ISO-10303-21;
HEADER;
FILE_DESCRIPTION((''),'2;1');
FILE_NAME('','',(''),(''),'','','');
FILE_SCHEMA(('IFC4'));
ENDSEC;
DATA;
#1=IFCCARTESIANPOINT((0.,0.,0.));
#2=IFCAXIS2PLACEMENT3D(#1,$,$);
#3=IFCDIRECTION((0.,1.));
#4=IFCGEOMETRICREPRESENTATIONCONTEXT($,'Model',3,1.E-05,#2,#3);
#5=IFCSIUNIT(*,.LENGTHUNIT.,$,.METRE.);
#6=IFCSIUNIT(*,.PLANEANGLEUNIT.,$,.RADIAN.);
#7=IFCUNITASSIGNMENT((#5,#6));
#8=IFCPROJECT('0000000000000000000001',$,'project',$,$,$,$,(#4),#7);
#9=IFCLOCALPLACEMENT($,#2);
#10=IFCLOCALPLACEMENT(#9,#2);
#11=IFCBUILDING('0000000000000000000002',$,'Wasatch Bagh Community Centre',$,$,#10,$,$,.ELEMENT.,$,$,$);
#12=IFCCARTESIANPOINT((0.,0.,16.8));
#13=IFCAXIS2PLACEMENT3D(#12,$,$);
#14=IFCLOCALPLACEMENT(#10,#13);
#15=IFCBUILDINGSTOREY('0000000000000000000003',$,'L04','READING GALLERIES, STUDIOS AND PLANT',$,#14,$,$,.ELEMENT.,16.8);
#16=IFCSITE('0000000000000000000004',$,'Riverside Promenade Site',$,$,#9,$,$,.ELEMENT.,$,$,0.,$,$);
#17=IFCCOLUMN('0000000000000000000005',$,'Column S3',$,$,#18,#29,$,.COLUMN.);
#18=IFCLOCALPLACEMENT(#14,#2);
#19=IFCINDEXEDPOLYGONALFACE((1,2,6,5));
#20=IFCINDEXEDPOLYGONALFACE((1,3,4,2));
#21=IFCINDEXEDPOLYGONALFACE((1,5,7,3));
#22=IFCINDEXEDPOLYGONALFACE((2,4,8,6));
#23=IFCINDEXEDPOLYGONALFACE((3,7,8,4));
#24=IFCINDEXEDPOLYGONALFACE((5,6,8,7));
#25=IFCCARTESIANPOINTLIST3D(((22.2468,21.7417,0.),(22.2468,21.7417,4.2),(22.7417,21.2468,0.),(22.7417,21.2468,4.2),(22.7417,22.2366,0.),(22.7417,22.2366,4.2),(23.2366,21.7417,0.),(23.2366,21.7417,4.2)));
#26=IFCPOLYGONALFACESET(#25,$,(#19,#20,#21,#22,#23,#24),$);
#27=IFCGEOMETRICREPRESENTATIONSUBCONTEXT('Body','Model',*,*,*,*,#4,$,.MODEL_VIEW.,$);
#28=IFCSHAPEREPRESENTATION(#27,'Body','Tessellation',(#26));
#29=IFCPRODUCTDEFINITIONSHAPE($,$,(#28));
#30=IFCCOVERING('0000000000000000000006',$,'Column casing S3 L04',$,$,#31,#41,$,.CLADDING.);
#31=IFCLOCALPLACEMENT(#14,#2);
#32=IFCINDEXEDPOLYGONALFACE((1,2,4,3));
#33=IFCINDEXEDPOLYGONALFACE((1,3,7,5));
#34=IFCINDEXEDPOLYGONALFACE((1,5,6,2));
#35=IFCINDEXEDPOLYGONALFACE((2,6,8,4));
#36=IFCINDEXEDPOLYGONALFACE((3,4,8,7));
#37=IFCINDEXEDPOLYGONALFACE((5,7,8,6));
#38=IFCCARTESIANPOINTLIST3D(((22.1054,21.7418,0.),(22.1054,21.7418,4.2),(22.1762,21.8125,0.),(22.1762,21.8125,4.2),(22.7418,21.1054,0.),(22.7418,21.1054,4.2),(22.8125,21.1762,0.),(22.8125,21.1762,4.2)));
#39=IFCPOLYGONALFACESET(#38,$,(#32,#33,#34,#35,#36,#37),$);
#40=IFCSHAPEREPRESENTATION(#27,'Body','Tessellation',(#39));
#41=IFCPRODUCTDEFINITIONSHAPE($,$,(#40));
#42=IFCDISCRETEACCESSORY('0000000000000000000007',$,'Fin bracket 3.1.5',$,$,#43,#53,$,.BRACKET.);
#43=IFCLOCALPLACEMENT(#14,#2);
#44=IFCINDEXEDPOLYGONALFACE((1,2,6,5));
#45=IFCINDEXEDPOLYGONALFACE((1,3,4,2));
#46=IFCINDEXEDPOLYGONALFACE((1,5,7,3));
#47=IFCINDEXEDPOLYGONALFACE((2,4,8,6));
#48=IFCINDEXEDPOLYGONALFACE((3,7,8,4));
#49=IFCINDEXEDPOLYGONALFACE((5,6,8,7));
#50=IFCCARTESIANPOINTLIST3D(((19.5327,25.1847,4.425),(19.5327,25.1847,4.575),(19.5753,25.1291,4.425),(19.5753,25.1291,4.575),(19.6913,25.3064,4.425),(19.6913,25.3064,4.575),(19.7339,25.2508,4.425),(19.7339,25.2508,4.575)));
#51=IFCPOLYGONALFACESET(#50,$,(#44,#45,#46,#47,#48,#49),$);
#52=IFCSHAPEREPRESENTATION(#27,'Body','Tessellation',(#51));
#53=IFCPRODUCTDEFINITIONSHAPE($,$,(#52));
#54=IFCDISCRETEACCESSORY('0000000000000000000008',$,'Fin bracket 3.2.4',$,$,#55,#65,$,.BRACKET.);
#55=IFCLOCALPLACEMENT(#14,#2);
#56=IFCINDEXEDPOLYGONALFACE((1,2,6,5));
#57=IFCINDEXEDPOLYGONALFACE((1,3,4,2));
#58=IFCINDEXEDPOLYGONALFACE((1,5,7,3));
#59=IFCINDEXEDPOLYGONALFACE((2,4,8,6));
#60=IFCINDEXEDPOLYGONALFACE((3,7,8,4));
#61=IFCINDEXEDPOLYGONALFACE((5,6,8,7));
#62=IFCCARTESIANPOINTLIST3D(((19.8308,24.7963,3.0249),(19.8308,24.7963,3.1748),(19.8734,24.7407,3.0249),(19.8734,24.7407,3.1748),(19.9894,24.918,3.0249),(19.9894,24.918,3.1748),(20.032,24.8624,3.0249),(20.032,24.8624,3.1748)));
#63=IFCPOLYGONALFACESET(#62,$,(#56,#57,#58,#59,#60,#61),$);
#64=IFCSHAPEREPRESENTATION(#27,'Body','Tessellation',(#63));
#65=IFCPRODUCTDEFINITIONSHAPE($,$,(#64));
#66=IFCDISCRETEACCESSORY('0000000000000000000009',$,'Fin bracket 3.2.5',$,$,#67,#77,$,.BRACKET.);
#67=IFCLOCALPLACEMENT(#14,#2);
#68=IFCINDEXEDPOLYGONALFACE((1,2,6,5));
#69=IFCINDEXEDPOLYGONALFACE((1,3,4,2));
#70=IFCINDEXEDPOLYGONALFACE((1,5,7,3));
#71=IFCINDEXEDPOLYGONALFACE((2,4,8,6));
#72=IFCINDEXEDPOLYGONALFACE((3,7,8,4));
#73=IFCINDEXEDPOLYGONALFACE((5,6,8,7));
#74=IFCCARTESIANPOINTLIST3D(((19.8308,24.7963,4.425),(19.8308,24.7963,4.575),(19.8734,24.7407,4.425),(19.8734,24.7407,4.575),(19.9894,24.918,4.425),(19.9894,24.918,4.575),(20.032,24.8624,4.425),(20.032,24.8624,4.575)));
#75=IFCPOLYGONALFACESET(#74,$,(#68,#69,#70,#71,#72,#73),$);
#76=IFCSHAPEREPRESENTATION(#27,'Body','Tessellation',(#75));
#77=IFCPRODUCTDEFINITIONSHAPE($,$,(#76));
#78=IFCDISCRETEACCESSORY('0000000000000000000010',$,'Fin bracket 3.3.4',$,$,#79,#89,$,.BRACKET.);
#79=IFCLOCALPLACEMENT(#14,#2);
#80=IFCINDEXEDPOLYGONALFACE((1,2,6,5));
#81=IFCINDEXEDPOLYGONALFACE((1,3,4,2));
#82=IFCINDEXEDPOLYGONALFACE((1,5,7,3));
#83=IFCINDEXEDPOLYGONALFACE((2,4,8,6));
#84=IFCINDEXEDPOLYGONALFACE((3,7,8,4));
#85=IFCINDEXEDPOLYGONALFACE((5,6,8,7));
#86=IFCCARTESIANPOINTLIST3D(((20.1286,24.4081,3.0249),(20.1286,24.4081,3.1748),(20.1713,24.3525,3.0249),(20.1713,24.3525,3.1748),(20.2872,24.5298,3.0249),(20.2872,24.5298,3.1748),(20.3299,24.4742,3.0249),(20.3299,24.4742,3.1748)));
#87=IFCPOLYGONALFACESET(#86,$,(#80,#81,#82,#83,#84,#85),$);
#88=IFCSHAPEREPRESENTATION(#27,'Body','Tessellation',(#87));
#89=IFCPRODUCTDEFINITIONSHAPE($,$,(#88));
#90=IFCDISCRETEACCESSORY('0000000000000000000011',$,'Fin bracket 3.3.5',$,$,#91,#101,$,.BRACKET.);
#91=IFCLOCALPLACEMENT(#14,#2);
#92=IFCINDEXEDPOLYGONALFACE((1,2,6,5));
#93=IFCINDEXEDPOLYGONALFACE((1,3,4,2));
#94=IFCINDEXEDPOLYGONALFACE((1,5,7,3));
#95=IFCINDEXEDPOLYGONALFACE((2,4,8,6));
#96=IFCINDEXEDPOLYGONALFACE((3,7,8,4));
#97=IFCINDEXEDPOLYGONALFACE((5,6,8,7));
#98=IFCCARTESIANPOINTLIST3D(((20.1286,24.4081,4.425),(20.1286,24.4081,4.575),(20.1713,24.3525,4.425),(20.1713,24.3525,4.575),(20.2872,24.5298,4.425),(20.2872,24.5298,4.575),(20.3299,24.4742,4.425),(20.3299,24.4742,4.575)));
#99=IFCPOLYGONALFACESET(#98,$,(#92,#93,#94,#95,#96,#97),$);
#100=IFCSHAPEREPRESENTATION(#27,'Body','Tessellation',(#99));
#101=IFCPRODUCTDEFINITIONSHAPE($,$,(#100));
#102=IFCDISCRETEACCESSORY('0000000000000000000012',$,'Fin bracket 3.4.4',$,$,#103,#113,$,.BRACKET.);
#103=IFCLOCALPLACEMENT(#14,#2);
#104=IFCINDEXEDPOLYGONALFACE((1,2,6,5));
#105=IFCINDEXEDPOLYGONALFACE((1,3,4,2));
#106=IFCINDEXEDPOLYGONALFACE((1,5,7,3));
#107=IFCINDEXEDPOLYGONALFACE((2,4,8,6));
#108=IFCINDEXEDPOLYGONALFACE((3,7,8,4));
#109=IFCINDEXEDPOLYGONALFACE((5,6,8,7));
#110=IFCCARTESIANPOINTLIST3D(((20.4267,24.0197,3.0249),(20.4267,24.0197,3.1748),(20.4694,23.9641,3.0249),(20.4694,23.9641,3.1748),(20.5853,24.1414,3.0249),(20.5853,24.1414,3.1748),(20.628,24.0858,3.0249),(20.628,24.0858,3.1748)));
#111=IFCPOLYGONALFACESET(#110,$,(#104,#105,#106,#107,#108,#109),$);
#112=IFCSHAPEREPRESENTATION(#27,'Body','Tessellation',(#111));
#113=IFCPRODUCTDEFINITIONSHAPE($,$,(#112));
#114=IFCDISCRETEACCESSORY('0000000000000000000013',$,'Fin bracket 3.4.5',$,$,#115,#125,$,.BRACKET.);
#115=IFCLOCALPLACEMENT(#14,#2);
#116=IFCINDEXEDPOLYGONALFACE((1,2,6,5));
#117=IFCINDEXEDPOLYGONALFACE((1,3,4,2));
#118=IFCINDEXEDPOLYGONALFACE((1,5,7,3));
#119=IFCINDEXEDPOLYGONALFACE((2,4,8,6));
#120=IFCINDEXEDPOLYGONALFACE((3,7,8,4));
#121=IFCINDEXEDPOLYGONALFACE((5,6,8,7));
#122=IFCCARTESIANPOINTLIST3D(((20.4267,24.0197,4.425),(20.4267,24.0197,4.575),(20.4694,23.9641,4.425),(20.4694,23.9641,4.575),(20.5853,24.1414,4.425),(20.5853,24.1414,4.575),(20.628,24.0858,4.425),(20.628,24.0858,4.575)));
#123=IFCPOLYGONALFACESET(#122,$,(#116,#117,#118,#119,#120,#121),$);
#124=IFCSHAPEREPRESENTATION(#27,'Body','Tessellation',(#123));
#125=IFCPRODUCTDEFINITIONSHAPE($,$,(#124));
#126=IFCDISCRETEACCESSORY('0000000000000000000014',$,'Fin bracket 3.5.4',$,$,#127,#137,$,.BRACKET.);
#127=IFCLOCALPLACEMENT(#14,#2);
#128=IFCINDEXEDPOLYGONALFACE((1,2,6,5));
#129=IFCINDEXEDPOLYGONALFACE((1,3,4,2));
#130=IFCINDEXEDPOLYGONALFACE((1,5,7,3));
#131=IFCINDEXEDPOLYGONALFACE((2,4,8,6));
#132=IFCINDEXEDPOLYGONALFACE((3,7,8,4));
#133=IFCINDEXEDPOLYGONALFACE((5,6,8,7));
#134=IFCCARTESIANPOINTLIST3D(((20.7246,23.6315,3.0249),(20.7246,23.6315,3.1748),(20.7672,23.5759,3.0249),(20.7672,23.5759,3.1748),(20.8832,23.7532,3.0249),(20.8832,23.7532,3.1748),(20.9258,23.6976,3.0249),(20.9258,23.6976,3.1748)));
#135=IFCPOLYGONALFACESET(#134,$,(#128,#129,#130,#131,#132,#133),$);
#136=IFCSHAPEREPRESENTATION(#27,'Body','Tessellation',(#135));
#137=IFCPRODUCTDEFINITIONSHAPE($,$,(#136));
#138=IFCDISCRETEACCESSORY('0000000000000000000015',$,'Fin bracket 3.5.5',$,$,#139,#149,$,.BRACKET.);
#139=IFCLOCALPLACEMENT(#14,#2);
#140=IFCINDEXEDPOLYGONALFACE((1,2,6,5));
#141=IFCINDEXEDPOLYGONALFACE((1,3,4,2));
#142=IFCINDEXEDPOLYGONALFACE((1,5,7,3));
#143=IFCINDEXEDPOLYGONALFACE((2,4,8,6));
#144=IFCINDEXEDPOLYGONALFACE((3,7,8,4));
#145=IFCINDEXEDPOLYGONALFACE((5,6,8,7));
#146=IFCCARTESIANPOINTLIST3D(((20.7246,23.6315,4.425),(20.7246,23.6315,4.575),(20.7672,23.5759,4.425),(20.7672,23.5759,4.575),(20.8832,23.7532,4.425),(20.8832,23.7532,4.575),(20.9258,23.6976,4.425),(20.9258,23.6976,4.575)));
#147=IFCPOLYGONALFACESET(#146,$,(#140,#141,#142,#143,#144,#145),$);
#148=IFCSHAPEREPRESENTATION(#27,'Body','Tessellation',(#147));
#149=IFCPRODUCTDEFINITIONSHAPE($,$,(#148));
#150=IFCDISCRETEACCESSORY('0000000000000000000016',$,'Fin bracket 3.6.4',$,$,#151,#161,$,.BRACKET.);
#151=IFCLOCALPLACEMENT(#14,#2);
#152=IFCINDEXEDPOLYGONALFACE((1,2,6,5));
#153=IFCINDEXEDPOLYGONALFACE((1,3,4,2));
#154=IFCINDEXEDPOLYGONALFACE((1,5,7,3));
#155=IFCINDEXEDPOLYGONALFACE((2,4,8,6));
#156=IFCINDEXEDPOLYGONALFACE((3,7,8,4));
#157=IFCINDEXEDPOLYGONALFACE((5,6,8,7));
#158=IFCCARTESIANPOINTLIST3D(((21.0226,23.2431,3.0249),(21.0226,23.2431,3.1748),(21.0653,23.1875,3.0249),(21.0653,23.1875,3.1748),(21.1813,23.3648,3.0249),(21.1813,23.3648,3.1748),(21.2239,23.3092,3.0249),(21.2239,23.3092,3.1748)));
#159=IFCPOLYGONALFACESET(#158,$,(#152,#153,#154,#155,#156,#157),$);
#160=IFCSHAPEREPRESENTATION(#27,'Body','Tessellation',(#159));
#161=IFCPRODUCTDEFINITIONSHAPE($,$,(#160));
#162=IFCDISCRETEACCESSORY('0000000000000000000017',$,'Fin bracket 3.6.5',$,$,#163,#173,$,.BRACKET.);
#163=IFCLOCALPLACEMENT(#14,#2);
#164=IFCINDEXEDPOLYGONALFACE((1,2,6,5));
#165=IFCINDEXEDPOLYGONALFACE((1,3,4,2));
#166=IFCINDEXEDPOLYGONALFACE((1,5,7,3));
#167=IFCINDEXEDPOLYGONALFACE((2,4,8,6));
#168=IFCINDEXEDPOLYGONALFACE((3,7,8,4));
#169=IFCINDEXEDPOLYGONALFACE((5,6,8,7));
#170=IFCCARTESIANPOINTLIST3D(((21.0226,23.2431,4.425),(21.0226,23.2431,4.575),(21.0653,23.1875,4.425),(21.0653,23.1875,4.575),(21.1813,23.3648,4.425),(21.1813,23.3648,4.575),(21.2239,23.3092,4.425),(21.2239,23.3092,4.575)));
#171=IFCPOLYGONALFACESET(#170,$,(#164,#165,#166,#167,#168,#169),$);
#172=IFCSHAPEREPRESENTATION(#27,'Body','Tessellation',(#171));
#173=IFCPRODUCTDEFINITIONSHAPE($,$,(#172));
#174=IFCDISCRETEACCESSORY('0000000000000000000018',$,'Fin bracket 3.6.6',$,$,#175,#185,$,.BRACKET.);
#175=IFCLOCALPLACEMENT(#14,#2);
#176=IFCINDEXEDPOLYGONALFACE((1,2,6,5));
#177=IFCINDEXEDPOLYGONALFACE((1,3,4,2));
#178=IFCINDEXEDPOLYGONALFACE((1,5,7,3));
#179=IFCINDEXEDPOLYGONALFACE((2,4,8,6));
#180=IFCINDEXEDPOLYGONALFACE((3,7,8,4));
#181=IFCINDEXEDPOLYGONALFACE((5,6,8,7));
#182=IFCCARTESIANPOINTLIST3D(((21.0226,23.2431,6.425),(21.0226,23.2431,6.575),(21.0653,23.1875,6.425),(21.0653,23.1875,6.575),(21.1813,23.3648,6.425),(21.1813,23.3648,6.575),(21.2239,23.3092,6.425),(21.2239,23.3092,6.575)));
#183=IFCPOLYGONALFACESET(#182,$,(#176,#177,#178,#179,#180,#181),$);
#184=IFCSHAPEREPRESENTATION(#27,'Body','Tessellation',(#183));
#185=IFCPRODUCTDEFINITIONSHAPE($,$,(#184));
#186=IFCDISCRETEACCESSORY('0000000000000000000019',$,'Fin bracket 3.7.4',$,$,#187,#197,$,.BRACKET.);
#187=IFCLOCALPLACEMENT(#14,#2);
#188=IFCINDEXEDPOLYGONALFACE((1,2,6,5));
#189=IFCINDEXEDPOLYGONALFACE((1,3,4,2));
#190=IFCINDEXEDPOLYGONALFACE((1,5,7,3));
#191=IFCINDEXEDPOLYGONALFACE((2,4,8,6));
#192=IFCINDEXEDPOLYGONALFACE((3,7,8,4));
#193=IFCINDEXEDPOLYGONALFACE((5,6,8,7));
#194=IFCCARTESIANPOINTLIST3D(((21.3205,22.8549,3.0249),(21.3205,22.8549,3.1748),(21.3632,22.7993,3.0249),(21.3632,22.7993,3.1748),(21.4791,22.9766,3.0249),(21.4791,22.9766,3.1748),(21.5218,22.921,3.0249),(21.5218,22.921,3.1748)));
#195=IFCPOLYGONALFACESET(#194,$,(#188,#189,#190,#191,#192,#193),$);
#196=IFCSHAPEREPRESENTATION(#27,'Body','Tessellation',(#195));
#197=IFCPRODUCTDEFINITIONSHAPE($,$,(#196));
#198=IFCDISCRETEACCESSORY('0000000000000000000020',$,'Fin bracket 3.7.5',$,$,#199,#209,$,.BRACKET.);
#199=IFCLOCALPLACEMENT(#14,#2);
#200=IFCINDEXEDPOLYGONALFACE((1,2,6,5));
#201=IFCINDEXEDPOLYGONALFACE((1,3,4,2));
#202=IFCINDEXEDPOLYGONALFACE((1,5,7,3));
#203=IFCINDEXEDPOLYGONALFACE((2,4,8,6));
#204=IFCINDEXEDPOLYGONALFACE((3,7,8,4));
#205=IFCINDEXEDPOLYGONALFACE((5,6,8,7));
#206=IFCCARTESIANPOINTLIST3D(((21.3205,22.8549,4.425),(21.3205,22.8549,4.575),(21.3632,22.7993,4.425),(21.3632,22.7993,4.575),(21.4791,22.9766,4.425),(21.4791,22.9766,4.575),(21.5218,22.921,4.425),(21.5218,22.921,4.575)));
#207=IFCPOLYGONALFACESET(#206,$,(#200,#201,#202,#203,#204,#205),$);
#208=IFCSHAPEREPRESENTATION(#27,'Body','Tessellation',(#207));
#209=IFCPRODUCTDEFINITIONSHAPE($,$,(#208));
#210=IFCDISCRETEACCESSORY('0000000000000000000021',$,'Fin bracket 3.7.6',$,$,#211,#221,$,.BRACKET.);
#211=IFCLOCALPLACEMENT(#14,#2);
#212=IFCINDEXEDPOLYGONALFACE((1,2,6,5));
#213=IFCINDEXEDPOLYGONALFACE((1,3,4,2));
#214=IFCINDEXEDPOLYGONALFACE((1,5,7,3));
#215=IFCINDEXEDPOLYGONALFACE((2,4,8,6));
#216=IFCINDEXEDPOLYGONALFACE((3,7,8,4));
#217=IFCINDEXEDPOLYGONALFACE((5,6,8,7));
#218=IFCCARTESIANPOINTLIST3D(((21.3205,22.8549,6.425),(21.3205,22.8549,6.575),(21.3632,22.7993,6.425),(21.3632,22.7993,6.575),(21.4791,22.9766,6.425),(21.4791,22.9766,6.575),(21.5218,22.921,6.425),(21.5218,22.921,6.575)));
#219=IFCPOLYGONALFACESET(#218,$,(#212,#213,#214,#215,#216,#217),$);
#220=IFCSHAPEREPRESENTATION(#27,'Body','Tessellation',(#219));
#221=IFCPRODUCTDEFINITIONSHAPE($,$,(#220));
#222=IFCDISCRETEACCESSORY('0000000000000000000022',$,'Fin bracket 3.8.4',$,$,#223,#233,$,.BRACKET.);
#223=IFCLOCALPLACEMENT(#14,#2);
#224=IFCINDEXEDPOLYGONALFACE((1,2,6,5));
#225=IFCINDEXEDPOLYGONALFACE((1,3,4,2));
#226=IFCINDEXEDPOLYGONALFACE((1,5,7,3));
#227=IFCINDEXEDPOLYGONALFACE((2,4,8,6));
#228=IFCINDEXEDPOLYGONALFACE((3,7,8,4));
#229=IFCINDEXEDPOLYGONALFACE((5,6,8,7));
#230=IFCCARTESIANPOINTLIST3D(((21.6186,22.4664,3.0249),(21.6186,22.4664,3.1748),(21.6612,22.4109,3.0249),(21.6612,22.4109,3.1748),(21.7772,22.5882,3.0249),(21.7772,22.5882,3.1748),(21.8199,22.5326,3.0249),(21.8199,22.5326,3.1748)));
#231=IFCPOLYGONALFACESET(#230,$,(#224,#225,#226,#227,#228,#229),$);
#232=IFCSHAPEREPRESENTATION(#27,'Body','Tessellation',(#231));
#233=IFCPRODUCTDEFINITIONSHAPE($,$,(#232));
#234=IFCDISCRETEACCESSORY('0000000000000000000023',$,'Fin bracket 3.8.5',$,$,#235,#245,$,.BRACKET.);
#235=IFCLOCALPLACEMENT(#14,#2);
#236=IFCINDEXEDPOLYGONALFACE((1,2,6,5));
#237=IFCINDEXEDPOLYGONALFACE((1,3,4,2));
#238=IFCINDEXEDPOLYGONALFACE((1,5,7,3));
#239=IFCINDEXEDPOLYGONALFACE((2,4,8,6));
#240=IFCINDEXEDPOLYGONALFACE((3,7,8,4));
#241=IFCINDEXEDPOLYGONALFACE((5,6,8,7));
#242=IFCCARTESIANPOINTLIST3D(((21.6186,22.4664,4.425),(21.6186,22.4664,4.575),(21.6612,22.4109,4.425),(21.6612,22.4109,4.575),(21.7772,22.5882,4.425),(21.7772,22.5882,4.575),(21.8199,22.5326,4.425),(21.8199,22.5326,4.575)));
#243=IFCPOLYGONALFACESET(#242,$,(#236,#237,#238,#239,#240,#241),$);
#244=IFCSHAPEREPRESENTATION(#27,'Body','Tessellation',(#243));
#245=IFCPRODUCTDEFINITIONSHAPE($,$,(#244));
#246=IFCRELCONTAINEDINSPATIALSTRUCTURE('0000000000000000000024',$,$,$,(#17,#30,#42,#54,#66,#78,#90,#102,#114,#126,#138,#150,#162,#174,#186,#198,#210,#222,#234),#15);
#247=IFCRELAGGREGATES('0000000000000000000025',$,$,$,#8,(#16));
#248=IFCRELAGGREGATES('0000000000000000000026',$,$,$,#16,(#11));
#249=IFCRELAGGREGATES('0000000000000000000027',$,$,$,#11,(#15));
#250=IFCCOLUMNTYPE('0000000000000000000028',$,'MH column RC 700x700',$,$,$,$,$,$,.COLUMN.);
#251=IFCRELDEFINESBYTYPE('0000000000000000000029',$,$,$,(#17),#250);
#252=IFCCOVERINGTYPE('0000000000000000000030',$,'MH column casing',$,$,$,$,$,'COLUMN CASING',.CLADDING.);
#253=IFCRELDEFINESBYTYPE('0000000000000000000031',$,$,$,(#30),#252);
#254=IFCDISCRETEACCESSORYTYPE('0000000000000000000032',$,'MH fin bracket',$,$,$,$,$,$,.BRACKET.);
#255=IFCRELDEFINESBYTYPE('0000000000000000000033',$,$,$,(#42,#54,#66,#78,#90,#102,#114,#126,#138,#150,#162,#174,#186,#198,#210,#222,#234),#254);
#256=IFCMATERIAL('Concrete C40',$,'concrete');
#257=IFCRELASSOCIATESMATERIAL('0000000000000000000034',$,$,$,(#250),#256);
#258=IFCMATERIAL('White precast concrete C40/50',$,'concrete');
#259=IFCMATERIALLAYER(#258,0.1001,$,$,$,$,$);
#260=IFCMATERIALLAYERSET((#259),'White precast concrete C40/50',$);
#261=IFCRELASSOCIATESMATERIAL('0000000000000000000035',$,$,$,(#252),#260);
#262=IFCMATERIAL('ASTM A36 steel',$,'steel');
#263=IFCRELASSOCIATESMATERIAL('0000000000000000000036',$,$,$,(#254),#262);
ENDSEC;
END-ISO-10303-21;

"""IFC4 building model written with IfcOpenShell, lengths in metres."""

from ifc_helpers import new_model, si_unit, direction, frame, origin, origin_2d, place, context, subcontext, project, spatial, rectangle, extrude, material, layer, layer_set, material_profile, profile_set, type_object, element, save


model = new_model("IFC4")

# Units and contexts
model_context = context("Model", 3, precision=1e-05, world=origin(), true_north=direction((0.0, 1.0)))
body_context = subcontext(model_context, "Body", "Model", "MODEL_VIEW")
ifc_project = project(units=[si_unit("LENGTHUNIT", "METRE"), si_unit("PLANEANGLEUNIT", "RADIAN")], contexts=[model_context])

# Site, building, storey
site_placement = place(None, origin())
site = spatial("IfcSite", under=ifc_project, at=site_placement, Name="Riverside Promenade Site", CompositionType="ELEMENT", RefElevation=0.0)
building_placement = place(site_placement, origin())
building = spatial("IfcBuilding", under=site, at=building_placement, Name="Wasatch Bagh Community Centre", CompositionType="ELEMENT")
storey_placement = place(building_placement, frame((0.0, 0.0, 16.8)))
storey = spatial("IfcBuildingStorey", under=building, at=storey_placement, Name="L04", Description="READING GALLERIES, STUDIOS AND PLANT", CompositionType="ELEMENT", Elevation=16.8)

# Column
ifc_material_1 = material(Name="Concrete C40", Category="concrete")
ifc_material_profile = material_profile(ifc_material_1, rectangle(XDim=0.7, YDim=0.7, at=origin_2d()), Name="RC 700x700")
ifc_profile_set = profile_set([ifc_material_profile], Name="Concrete C40")
column_type = type_object("IfcColumnType", Name="MH column RC 700x700", PredefinedType="COLUMN", material=ifc_profile_set)
column_placement = place(storey_placement, frame((22.7417, 21.7417, 0.0), z_axis=(0.0, 0.0, 1.0), x_axis=(0.707107, 0.707107, 0.0)))
element("IfcColumn", 1, at=column_placement, inside=storey, type_object=column_type, Name="Column S3", PredefinedType="COLUMN", context=body_context, shape_type="SweptSolid", body=[
    extrude(rectangle(XDim=0.7, YDim=0.7, at=origin_2d()), origin(), (0.0, 0.0, 1.0), 4.2),
])

# Covering
ifc_material_2 = material(Name="White precast concrete C40/50", Category="concrete")
ifc_layer = layer(ifc_material_2, 0.1001)
ifc_layer_set = layer_set([ifc_layer], Name="White precast concrete C40/50")
covering_type = type_object("IfcCoveringType", Name="MH column casing", ElementType="COLUMN CASING", PredefinedType="CLADDING", material=ifc_layer_set)
covering_placement = place(storey_placement, frame((22.459, 21.459, 0.0), z_axis=(0.0, 0.0, 1.0), x_axis=(0.707107, -0.707107, 0.0)))
element("IfcCovering", 2, at=covering_placement, inside=storey, type_object=covering_type, Name="Column casing S3 L04", PredefinedType="CLADDING", context=body_context, shape_type="SweptSolid", body=[
    extrude(rectangle(XDim=0.8999, YDim=0.1001, at=origin_2d()), origin(), (0.0, 0.0, 1.0), 4.2),
])

# Discrete accessories
ifc_material_3 = material(Name="ASTM A36 steel", Category="steel")
discrete_accessory_type = type_object("IfcDiscreteAccessoryType", Name="MH fin bracket", PredefinedType="BRACKET", material=ifc_material_3)
for number, where, z_axis, x_axis, name in (
    (3, (19.6333, 25.2178, 4.425), (0.0, 0.0, 1.0), (0.608761, -0.793353, 0.0), "Fin bracket 3.1.5"),
    (4, (19.9314, 24.8293, 3.0249), (0.0, 0.0, 1.0), (0.608761, -0.793353, 0.0), "Fin bracket 3.2.4"),
    (5, (19.9314, 24.8293, 4.425), (0.0, 0.0, 1.0), (0.608761, -0.793353, 0.0), "Fin bracket 3.2.5"),
    (6, (20.2292, 24.4412, 3.0249), (0.0, 0.0, 1.0), (0.608761, -0.793353, 0.0), "Fin bracket 3.3.4"),
    (7, (20.2292, 24.4412, 4.425), (0.0, 0.0, 1.0), (0.608761, -0.793353, 0.0), "Fin bracket 3.3.5"),
    (8, (20.5273, 24.0527, 3.0249), (0.0, 0.0, 1.0), (0.608761, -0.793353, 0.0), "Fin bracket 3.4.4"),
    (9, (20.5273, 24.0527, 4.425), (0.0, 0.0, 1.0), (0.608761, -0.793353, 0.0), "Fin bracket 3.4.5"),
    (10, (20.8252, 23.6646, 3.0249), (0.0, 0.0, 1.0), (0.608761, -0.793353, 0.0), "Fin bracket 3.5.4"),
    (11, (20.8252, 23.6646, 4.425), (0.0, 0.0, 1.0), (0.608761, -0.793353, 0.0), "Fin bracket 3.5.5"),
    (12, (21.1233, 23.2761, 3.0249), (0.0, 0.0, 1.0), (0.608761, -0.793353, 0.0), "Fin bracket 3.6.4"),
    (13, (21.1233, 23.2761, 4.425), (0.0, 0.0, 1.0), (0.608761, -0.793353, 0.0), "Fin bracket 3.6.5"),
    (14, (21.1233, 23.2761, 6.425), (0.0, 0.0, 1.0), (0.608761, -0.793353, 0.0), "Fin bracket 3.6.6"),
    (15, (21.4211, 22.8879, 3.0249), (0.0, 0.0, 1.0), (0.608761, -0.793353, 0.0), "Fin bracket 3.7.4"),
    (16, (21.4211, 22.8879, 4.425), (0.0, 0.0, 1.0), (0.608761, -0.793353, 0.0), "Fin bracket 3.7.5"),
    (17, (21.4211, 22.8879, 6.425), (0.0, 0.0, 1.0), (0.608761, -0.793353, 0.0), "Fin bracket 3.7.6"),
    (18, (21.7192, 22.4995, 3.0249), (0.0, 0.0, 1.0), (0.608761, -0.793353, 0.0), "Fin bracket 3.8.4"),
    (19, (21.7192, 22.4995, 4.425), (0.0, 0.0, 1.0), (0.608761, -0.793353, 0.0), "Fin bracket 3.8.5"),
):
    element("IfcDiscreteAccessory", number, at=place(storey_placement, frame(where, z_axis=z_axis, x_axis=x_axis)), inside=storey, type_object=discrete_accessory_type, Name=name, PredefinedType="BRACKET", context=body_context, shape_type="SweptSolid", body=[
        extrude(rectangle(XDim=0.0701, YDim=0.2, at=origin_2d()), origin(), (0.0, 0.0, 1.0), 0.1499),
    ])

save(model, "model.ifc")
